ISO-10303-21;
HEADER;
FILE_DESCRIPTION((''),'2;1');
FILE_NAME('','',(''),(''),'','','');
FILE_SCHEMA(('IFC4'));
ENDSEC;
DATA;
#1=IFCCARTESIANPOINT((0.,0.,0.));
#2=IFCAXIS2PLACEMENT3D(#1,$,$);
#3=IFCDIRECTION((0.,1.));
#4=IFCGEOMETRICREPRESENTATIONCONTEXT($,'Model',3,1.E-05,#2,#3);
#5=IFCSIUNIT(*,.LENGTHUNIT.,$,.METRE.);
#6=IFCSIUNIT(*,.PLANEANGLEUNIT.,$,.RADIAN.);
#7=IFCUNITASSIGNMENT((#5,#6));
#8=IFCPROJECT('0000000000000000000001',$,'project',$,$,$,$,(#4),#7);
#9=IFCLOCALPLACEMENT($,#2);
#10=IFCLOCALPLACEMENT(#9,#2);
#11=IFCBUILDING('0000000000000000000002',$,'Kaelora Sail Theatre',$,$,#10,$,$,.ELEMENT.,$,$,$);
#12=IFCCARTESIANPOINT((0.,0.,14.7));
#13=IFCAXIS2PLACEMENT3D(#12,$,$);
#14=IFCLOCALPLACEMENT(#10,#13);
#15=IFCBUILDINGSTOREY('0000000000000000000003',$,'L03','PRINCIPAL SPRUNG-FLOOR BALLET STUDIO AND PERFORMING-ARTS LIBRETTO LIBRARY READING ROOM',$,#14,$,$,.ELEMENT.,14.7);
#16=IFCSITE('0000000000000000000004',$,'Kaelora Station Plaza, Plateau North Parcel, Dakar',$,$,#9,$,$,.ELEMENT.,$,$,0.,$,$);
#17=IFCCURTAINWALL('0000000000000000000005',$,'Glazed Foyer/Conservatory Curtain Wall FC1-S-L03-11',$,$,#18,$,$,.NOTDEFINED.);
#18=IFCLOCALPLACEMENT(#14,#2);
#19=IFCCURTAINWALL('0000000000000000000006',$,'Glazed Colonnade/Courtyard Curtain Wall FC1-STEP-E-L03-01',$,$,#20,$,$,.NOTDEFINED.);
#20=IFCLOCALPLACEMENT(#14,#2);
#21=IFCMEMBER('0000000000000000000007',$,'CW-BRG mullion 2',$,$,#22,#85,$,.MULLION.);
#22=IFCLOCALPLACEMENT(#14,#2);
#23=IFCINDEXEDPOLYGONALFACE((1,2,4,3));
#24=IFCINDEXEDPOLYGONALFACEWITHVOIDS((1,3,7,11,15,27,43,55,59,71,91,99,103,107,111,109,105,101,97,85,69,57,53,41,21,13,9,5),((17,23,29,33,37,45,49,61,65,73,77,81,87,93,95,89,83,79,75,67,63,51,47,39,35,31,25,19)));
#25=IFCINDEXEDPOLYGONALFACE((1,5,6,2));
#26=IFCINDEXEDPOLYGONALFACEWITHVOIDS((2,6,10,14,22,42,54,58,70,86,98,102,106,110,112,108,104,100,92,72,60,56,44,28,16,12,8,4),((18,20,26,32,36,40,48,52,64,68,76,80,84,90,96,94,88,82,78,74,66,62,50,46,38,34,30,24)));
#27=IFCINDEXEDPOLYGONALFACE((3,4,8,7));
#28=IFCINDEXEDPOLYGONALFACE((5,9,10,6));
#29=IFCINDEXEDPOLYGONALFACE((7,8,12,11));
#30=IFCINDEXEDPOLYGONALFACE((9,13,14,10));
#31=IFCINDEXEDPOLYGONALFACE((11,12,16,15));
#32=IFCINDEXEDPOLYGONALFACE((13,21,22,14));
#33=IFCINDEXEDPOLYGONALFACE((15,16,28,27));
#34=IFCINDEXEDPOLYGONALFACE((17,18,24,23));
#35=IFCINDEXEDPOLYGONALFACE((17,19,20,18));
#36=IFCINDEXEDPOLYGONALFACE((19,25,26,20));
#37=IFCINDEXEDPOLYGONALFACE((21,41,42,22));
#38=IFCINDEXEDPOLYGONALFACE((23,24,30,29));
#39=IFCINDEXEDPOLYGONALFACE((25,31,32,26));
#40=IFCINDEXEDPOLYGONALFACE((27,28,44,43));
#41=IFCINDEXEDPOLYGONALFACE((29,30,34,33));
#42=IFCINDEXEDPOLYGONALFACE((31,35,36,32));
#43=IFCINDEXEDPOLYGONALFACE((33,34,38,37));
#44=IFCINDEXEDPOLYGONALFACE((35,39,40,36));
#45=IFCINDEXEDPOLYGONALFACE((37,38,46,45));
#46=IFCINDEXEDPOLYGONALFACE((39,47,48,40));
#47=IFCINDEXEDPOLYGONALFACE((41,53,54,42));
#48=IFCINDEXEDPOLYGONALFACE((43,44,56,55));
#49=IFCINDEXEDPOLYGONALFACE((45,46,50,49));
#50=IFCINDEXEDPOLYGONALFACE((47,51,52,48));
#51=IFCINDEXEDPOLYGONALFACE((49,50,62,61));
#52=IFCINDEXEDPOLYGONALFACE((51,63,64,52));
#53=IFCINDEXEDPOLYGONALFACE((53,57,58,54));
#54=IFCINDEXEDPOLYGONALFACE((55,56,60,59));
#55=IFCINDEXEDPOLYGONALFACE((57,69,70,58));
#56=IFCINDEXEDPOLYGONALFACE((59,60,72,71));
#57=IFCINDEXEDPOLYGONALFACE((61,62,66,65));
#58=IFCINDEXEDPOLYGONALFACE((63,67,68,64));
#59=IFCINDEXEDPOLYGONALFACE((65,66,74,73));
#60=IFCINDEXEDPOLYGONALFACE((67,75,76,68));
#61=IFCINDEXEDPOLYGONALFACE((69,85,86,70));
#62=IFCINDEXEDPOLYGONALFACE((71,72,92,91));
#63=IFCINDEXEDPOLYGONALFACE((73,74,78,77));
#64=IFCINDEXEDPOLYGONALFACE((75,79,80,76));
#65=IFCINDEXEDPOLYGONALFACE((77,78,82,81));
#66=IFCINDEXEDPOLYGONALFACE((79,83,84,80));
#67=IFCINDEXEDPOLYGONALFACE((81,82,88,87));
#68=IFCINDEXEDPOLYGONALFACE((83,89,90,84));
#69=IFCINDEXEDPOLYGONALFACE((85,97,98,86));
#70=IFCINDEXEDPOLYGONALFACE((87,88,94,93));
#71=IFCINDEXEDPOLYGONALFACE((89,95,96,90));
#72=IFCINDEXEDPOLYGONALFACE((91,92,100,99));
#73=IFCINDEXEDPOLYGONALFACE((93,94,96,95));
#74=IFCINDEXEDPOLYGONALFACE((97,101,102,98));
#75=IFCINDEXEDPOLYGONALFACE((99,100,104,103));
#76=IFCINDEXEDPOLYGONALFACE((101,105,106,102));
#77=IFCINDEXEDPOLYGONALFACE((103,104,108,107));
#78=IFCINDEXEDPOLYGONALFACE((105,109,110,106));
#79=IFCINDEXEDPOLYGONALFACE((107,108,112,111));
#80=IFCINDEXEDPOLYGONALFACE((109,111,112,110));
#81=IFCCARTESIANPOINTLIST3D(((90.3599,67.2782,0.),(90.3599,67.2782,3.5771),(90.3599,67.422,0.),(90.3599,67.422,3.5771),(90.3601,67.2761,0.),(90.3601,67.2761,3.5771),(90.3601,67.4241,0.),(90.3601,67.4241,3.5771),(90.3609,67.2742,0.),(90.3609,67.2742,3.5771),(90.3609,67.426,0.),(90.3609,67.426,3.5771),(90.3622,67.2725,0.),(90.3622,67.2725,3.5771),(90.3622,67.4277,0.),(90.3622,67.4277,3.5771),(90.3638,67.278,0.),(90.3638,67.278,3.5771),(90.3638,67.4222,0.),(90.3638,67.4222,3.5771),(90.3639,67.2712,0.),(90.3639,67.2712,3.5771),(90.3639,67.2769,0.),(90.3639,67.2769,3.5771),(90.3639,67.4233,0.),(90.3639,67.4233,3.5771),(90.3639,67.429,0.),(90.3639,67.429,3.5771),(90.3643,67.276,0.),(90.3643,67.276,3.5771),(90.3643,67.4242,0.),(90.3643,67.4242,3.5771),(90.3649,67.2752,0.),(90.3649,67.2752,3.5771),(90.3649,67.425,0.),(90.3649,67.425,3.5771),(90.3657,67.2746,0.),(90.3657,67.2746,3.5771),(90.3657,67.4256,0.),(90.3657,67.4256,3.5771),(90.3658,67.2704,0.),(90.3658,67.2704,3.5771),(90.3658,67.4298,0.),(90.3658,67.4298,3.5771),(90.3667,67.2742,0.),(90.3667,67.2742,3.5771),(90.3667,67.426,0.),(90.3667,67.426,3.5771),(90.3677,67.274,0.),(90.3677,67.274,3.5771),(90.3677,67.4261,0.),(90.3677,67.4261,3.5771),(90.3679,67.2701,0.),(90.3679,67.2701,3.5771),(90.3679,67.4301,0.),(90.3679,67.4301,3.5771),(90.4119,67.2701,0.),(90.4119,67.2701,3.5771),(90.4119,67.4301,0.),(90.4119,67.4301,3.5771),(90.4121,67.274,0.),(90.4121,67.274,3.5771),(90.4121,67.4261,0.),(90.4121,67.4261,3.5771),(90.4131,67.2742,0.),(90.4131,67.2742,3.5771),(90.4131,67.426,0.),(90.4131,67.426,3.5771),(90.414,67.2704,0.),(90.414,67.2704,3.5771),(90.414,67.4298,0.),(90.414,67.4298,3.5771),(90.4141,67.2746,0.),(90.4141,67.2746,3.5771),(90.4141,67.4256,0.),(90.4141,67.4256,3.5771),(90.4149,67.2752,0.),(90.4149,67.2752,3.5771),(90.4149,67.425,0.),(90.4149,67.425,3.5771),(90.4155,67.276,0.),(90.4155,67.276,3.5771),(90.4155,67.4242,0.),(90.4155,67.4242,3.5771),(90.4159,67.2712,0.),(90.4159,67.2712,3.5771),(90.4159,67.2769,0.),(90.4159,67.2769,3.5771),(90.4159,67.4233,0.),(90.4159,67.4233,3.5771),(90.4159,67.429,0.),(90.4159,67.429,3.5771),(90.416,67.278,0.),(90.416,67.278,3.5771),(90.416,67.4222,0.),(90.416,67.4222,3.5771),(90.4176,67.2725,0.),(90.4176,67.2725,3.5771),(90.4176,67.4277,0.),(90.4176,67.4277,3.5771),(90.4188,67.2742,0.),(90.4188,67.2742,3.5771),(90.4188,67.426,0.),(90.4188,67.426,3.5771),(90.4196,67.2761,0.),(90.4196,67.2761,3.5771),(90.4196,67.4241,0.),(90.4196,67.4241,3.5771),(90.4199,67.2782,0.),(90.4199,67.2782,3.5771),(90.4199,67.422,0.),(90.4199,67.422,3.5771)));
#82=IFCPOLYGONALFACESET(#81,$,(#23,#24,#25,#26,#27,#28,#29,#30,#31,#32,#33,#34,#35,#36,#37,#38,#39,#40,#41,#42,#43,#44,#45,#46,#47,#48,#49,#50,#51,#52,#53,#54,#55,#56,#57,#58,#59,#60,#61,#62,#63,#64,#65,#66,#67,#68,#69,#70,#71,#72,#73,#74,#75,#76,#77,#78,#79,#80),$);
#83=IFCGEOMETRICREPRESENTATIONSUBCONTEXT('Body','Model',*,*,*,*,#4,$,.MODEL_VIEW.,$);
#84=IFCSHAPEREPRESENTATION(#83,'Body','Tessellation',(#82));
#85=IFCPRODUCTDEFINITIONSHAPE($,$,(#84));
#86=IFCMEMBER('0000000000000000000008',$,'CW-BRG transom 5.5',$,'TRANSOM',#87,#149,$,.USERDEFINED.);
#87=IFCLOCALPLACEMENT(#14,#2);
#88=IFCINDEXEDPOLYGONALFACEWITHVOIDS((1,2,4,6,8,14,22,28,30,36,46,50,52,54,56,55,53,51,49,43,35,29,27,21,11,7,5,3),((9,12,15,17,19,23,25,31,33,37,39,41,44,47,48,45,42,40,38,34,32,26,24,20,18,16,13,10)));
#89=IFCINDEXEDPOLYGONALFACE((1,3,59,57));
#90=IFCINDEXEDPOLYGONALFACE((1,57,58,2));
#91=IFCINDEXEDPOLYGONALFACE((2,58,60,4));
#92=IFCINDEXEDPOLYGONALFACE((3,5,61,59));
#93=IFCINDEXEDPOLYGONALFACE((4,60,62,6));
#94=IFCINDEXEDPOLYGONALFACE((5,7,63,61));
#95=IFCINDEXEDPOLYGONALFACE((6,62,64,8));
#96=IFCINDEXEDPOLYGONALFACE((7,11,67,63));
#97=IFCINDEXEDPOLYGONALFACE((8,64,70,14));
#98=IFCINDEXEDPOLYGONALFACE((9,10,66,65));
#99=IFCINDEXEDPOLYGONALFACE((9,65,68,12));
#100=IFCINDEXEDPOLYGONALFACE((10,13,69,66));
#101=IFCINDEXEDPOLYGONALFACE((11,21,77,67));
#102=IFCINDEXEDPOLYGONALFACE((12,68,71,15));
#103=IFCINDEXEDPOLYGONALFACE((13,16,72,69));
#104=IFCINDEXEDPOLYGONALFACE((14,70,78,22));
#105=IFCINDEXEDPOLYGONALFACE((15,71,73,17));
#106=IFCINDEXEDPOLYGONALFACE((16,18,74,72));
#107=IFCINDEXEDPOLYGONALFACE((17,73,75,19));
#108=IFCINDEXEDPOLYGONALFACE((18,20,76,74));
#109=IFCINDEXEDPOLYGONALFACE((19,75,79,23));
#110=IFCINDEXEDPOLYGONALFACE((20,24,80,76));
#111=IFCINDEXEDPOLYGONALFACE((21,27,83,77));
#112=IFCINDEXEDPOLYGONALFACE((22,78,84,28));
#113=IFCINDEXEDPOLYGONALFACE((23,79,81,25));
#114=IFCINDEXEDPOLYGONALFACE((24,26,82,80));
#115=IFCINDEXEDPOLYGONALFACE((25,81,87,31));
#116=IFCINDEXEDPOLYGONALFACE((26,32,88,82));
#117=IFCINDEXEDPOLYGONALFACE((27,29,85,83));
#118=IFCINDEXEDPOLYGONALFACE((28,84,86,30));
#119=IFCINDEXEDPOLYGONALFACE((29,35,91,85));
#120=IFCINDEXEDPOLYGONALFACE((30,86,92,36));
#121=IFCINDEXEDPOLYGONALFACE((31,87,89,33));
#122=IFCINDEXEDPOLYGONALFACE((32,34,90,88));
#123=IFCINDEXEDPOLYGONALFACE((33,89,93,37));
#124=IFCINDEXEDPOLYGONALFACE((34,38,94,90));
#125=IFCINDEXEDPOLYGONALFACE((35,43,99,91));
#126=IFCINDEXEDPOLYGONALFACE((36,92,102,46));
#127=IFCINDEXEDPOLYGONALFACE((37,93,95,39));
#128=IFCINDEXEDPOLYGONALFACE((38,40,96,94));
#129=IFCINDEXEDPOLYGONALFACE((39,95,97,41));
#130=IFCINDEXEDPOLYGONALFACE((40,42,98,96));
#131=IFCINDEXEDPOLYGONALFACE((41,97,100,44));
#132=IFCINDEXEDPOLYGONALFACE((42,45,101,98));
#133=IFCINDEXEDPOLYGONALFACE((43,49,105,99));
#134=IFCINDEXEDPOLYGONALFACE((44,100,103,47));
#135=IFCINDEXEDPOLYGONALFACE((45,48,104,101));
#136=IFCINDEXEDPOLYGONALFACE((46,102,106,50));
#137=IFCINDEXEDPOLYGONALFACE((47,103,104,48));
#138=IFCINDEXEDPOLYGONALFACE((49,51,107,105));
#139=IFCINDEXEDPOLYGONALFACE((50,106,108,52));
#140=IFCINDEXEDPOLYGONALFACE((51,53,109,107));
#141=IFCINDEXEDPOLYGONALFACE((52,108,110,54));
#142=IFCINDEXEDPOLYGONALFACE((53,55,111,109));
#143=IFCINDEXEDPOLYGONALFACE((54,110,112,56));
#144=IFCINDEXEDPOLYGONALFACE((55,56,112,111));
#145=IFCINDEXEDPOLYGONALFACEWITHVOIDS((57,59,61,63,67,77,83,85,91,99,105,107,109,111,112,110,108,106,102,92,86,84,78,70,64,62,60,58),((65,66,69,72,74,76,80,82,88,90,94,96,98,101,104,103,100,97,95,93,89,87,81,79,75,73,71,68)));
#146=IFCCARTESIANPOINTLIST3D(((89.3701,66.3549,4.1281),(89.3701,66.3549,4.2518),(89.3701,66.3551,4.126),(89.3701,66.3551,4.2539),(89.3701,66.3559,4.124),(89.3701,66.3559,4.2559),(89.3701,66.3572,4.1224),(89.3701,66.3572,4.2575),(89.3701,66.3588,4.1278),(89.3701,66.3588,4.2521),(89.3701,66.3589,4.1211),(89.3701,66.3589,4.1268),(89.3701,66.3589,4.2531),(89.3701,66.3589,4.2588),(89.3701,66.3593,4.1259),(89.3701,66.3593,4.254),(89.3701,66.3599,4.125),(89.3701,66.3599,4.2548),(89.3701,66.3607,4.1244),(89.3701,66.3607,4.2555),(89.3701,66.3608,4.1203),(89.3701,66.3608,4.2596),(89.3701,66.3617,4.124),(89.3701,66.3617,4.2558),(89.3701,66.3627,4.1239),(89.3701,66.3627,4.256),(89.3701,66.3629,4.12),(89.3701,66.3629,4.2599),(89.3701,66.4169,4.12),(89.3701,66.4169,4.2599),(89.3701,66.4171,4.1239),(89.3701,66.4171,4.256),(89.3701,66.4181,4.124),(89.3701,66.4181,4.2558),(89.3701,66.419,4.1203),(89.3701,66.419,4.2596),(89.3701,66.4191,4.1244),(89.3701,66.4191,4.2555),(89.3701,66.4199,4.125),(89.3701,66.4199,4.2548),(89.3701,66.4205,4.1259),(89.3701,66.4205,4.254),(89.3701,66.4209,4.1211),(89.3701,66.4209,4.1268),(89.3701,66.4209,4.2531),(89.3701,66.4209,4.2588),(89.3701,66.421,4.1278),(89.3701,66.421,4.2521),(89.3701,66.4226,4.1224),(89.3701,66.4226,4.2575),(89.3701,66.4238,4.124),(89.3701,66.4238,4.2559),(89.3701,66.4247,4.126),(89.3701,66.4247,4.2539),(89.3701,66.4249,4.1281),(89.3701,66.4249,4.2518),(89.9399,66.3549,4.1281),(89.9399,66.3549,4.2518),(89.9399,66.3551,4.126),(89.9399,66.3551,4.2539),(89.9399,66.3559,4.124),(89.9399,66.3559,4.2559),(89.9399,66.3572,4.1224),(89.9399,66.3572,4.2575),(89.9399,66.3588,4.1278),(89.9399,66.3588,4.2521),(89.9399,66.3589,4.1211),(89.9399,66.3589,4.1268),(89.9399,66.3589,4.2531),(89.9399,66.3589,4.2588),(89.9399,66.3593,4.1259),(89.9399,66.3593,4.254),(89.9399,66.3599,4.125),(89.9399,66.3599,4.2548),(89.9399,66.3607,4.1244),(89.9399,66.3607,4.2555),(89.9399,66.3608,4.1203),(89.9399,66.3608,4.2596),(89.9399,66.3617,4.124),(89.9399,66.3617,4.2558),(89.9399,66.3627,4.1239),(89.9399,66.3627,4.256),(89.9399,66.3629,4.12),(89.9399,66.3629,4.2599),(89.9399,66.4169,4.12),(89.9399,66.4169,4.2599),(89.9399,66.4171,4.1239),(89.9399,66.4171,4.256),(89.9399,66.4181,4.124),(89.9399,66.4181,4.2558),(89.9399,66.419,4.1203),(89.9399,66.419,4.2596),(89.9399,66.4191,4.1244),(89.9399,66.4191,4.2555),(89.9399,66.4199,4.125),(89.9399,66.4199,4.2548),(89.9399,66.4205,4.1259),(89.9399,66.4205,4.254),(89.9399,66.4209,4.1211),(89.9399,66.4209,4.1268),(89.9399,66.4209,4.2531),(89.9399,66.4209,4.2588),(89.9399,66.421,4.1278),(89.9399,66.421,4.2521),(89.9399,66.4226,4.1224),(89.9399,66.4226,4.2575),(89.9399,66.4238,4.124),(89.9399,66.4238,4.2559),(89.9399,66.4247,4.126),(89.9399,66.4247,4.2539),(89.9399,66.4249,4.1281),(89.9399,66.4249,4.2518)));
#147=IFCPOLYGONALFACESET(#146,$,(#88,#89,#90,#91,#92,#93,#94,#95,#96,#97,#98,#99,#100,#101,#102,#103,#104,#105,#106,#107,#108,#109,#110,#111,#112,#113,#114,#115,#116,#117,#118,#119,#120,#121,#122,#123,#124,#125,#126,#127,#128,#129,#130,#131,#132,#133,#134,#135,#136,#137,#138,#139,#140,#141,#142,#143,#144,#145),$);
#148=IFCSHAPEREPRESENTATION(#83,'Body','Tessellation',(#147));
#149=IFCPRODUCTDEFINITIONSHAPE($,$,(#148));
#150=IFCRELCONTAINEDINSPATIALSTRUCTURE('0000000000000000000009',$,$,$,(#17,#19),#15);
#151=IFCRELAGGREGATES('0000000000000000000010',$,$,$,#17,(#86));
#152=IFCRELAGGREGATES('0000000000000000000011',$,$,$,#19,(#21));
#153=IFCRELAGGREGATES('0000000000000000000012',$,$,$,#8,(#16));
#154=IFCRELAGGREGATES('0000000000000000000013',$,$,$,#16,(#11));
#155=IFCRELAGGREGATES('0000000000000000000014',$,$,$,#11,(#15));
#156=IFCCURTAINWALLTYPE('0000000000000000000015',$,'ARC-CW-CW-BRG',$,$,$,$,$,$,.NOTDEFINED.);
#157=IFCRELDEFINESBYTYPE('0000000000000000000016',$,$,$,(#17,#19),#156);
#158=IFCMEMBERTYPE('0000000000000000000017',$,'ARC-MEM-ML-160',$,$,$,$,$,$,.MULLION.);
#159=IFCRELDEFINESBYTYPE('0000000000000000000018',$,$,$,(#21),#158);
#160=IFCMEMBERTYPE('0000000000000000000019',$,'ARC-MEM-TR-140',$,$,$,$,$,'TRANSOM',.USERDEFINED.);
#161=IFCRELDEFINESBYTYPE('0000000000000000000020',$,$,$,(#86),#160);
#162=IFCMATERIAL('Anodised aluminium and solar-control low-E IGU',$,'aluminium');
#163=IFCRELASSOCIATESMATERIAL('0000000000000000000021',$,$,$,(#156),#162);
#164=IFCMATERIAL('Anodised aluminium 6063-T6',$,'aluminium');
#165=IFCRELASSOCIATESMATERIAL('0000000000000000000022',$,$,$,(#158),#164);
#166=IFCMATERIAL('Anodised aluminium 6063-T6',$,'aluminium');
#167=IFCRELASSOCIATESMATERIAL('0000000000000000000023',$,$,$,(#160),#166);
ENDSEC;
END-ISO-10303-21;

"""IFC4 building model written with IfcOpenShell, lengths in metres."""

from ifc_helpers import new_model, si_unit, direction, frame, origin, origin_2d, place, context, subcontext, project, spatial, hollow_rectangle, extrude, material, material_profile, profile_set, type_object, element, aggregate, save


model = new_model("IFC4")

# Units and contexts
model_context = context("Model", 3, precision=1e-05, world=origin(), true_north=direction((0.0, 1.0)))
body_context = subcontext(model_context, "Body", "Model", "MODEL_VIEW")
ifc_project = project(units=[si_unit("LENGTHUNIT", "METRE"), si_unit("PLANEANGLEUNIT", "RADIAN")], contexts=[model_context])

# Site, building, storey
site_placement = place(None, origin())
site = spatial("IfcSite", under=ifc_project, at=site_placement, Name="Kaelora Station Plaza, Plateau North Parcel, Dakar", CompositionType="ELEMENT", RefElevation=0.0)
building_placement = place(site_placement, origin())
building = spatial("IfcBuilding", under=site, at=building_placement, Name="Kaelora Sail Theatre", CompositionType="ELEMENT")
storey_placement = place(building_placement, frame((0.0, 0.0, 14.7)))
storey = spatial("IfcBuildingStorey", under=building, at=storey_placement, Name="L03", Description="PRINCIPAL SPRUNG-FLOOR BALLET STUDIO AND PERFORMING-ARTS LIBRETTO LIBRARY READING ROOM", CompositionType="ELEMENT", Elevation=14.7)

# Curtain wall
ifc_material_1 = material(Name="Anodised aluminium and solar-control low-E IGU", Category="aluminium")
curtain_wall_type = type_object("IfcCurtainWallType", Name="ARC-CW-CW-BRG", PredefinedType="NOTDEFINED", material=ifc_material_1)
curtain_wall_1_placement = place(storey_placement, origin())
curtain_wall_1 = element("IfcCurtainWall", 1, at=curtain_wall_1_placement, inside=storey, type_object=curtain_wall_type, Name="Glazed Foyer/Conservatory Curtain Wall FC1-S-L03-11", PredefinedType="NOTDEFINED")
ifc_material_2 = material(Name="Anodised aluminium 6063-T6", Category="aluminium")
ifc_material_profile_1 = material_profile(ifc_material_2, hollow_rectangle(XDim=0.0601, YDim=0.1599, WallThickness=0.0039, InnerFilletRadius=0.0039, OuterFilletRadius=0.0081, at=origin_2d()), Name="ALU-MULL 60x160x4")
ifc_profile_set_1 = profile_set([ifc_material_profile_1], Name="Anodised aluminium 6063-T6")
member_type_1 = type_object("IfcMemberType", Name="ARC-MEM-ML-160", PredefinedType="MULLION", material=ifc_profile_set_1)

# Curtain wall, member
curtain_wall_2_placement = place(storey_placement, origin())
curtain_wall_2 = element("IfcCurtainWall", 2, at=curtain_wall_2_placement, inside=storey, type_object=curtain_wall_type, Name="Glazed Colonnade/Courtyard Curtain Wall FC1-STEP-E-L03-01", PredefinedType="NOTDEFINED")
member_1_placement = place(storey_placement, frame((90.3899, 67.3501, 0.0), z_axis=(0.0, 0.0, 1.0), x_axis=(-1.0, 0.0, 0.0)))
member_1 = element("IfcMember", 3, at=member_1_placement, type_object=member_type_1, Name="CW-BRG mullion 2", PredefinedType="MULLION", context=body_context, shape_type="SweptSolid", body=[
    extrude(hollow_rectangle(XDim=0.0601, YDim=0.1599, WallThickness=0.0039, InnerFilletRadius=0.0039, OuterFilletRadius=0.0081, at=origin_2d()), origin(), (0.0, 0.0, 1.0), 3.5771),
])

# Member
ifc_material_3 = material(Name="Anodised aluminium 6063-T6", Category="aluminium")
ifc_material_profile_2 = material_profile(ifc_material_3, hollow_rectangle(XDim=0.0701, YDim=0.1399, WallThickness=0.0039, InnerFilletRadius=0.0039, OuterFilletRadius=0.0081, at=origin_2d()), Name="ALU-TRAN 70x140x4")
ifc_profile_set_2 = profile_set([ifc_material_profile_2], Name="Anodised aluminium 6063-T6")
member_type_2 = type_object("IfcMemberType", Name="ARC-MEM-TR-140", ElementType="TRANSOM", PredefinedType="USERDEFINED", material=ifc_profile_set_2)
member_2_placement = place(storey_placement, frame((89.3701, 66.3899, 4.1899), z_axis=(1.0, 0.0, 0.0), x_axis=(0.0, 1.0, 0.0)))
member_2 = element("IfcMember", 4, at=member_2_placement, type_object=member_type_2, Name="CW-BRG transom 5.5", ObjectType="TRANSOM", PredefinedType="USERDEFINED", context=body_context, shape_type="SweptSolid", body=[
    extrude(hollow_rectangle(XDim=0.0701, YDim=0.1399, WallThickness=0.0039, InnerFilletRadius=0.0039, OuterFilletRadius=0.0081, at=origin_2d()), origin(), (0.0, 0.0, 1.0), 0.5698),
])

aggregate(curtain_wall_1, [member_2])
aggregate(curtain_wall_2, [member_1])

save(model, "model.ifc")
